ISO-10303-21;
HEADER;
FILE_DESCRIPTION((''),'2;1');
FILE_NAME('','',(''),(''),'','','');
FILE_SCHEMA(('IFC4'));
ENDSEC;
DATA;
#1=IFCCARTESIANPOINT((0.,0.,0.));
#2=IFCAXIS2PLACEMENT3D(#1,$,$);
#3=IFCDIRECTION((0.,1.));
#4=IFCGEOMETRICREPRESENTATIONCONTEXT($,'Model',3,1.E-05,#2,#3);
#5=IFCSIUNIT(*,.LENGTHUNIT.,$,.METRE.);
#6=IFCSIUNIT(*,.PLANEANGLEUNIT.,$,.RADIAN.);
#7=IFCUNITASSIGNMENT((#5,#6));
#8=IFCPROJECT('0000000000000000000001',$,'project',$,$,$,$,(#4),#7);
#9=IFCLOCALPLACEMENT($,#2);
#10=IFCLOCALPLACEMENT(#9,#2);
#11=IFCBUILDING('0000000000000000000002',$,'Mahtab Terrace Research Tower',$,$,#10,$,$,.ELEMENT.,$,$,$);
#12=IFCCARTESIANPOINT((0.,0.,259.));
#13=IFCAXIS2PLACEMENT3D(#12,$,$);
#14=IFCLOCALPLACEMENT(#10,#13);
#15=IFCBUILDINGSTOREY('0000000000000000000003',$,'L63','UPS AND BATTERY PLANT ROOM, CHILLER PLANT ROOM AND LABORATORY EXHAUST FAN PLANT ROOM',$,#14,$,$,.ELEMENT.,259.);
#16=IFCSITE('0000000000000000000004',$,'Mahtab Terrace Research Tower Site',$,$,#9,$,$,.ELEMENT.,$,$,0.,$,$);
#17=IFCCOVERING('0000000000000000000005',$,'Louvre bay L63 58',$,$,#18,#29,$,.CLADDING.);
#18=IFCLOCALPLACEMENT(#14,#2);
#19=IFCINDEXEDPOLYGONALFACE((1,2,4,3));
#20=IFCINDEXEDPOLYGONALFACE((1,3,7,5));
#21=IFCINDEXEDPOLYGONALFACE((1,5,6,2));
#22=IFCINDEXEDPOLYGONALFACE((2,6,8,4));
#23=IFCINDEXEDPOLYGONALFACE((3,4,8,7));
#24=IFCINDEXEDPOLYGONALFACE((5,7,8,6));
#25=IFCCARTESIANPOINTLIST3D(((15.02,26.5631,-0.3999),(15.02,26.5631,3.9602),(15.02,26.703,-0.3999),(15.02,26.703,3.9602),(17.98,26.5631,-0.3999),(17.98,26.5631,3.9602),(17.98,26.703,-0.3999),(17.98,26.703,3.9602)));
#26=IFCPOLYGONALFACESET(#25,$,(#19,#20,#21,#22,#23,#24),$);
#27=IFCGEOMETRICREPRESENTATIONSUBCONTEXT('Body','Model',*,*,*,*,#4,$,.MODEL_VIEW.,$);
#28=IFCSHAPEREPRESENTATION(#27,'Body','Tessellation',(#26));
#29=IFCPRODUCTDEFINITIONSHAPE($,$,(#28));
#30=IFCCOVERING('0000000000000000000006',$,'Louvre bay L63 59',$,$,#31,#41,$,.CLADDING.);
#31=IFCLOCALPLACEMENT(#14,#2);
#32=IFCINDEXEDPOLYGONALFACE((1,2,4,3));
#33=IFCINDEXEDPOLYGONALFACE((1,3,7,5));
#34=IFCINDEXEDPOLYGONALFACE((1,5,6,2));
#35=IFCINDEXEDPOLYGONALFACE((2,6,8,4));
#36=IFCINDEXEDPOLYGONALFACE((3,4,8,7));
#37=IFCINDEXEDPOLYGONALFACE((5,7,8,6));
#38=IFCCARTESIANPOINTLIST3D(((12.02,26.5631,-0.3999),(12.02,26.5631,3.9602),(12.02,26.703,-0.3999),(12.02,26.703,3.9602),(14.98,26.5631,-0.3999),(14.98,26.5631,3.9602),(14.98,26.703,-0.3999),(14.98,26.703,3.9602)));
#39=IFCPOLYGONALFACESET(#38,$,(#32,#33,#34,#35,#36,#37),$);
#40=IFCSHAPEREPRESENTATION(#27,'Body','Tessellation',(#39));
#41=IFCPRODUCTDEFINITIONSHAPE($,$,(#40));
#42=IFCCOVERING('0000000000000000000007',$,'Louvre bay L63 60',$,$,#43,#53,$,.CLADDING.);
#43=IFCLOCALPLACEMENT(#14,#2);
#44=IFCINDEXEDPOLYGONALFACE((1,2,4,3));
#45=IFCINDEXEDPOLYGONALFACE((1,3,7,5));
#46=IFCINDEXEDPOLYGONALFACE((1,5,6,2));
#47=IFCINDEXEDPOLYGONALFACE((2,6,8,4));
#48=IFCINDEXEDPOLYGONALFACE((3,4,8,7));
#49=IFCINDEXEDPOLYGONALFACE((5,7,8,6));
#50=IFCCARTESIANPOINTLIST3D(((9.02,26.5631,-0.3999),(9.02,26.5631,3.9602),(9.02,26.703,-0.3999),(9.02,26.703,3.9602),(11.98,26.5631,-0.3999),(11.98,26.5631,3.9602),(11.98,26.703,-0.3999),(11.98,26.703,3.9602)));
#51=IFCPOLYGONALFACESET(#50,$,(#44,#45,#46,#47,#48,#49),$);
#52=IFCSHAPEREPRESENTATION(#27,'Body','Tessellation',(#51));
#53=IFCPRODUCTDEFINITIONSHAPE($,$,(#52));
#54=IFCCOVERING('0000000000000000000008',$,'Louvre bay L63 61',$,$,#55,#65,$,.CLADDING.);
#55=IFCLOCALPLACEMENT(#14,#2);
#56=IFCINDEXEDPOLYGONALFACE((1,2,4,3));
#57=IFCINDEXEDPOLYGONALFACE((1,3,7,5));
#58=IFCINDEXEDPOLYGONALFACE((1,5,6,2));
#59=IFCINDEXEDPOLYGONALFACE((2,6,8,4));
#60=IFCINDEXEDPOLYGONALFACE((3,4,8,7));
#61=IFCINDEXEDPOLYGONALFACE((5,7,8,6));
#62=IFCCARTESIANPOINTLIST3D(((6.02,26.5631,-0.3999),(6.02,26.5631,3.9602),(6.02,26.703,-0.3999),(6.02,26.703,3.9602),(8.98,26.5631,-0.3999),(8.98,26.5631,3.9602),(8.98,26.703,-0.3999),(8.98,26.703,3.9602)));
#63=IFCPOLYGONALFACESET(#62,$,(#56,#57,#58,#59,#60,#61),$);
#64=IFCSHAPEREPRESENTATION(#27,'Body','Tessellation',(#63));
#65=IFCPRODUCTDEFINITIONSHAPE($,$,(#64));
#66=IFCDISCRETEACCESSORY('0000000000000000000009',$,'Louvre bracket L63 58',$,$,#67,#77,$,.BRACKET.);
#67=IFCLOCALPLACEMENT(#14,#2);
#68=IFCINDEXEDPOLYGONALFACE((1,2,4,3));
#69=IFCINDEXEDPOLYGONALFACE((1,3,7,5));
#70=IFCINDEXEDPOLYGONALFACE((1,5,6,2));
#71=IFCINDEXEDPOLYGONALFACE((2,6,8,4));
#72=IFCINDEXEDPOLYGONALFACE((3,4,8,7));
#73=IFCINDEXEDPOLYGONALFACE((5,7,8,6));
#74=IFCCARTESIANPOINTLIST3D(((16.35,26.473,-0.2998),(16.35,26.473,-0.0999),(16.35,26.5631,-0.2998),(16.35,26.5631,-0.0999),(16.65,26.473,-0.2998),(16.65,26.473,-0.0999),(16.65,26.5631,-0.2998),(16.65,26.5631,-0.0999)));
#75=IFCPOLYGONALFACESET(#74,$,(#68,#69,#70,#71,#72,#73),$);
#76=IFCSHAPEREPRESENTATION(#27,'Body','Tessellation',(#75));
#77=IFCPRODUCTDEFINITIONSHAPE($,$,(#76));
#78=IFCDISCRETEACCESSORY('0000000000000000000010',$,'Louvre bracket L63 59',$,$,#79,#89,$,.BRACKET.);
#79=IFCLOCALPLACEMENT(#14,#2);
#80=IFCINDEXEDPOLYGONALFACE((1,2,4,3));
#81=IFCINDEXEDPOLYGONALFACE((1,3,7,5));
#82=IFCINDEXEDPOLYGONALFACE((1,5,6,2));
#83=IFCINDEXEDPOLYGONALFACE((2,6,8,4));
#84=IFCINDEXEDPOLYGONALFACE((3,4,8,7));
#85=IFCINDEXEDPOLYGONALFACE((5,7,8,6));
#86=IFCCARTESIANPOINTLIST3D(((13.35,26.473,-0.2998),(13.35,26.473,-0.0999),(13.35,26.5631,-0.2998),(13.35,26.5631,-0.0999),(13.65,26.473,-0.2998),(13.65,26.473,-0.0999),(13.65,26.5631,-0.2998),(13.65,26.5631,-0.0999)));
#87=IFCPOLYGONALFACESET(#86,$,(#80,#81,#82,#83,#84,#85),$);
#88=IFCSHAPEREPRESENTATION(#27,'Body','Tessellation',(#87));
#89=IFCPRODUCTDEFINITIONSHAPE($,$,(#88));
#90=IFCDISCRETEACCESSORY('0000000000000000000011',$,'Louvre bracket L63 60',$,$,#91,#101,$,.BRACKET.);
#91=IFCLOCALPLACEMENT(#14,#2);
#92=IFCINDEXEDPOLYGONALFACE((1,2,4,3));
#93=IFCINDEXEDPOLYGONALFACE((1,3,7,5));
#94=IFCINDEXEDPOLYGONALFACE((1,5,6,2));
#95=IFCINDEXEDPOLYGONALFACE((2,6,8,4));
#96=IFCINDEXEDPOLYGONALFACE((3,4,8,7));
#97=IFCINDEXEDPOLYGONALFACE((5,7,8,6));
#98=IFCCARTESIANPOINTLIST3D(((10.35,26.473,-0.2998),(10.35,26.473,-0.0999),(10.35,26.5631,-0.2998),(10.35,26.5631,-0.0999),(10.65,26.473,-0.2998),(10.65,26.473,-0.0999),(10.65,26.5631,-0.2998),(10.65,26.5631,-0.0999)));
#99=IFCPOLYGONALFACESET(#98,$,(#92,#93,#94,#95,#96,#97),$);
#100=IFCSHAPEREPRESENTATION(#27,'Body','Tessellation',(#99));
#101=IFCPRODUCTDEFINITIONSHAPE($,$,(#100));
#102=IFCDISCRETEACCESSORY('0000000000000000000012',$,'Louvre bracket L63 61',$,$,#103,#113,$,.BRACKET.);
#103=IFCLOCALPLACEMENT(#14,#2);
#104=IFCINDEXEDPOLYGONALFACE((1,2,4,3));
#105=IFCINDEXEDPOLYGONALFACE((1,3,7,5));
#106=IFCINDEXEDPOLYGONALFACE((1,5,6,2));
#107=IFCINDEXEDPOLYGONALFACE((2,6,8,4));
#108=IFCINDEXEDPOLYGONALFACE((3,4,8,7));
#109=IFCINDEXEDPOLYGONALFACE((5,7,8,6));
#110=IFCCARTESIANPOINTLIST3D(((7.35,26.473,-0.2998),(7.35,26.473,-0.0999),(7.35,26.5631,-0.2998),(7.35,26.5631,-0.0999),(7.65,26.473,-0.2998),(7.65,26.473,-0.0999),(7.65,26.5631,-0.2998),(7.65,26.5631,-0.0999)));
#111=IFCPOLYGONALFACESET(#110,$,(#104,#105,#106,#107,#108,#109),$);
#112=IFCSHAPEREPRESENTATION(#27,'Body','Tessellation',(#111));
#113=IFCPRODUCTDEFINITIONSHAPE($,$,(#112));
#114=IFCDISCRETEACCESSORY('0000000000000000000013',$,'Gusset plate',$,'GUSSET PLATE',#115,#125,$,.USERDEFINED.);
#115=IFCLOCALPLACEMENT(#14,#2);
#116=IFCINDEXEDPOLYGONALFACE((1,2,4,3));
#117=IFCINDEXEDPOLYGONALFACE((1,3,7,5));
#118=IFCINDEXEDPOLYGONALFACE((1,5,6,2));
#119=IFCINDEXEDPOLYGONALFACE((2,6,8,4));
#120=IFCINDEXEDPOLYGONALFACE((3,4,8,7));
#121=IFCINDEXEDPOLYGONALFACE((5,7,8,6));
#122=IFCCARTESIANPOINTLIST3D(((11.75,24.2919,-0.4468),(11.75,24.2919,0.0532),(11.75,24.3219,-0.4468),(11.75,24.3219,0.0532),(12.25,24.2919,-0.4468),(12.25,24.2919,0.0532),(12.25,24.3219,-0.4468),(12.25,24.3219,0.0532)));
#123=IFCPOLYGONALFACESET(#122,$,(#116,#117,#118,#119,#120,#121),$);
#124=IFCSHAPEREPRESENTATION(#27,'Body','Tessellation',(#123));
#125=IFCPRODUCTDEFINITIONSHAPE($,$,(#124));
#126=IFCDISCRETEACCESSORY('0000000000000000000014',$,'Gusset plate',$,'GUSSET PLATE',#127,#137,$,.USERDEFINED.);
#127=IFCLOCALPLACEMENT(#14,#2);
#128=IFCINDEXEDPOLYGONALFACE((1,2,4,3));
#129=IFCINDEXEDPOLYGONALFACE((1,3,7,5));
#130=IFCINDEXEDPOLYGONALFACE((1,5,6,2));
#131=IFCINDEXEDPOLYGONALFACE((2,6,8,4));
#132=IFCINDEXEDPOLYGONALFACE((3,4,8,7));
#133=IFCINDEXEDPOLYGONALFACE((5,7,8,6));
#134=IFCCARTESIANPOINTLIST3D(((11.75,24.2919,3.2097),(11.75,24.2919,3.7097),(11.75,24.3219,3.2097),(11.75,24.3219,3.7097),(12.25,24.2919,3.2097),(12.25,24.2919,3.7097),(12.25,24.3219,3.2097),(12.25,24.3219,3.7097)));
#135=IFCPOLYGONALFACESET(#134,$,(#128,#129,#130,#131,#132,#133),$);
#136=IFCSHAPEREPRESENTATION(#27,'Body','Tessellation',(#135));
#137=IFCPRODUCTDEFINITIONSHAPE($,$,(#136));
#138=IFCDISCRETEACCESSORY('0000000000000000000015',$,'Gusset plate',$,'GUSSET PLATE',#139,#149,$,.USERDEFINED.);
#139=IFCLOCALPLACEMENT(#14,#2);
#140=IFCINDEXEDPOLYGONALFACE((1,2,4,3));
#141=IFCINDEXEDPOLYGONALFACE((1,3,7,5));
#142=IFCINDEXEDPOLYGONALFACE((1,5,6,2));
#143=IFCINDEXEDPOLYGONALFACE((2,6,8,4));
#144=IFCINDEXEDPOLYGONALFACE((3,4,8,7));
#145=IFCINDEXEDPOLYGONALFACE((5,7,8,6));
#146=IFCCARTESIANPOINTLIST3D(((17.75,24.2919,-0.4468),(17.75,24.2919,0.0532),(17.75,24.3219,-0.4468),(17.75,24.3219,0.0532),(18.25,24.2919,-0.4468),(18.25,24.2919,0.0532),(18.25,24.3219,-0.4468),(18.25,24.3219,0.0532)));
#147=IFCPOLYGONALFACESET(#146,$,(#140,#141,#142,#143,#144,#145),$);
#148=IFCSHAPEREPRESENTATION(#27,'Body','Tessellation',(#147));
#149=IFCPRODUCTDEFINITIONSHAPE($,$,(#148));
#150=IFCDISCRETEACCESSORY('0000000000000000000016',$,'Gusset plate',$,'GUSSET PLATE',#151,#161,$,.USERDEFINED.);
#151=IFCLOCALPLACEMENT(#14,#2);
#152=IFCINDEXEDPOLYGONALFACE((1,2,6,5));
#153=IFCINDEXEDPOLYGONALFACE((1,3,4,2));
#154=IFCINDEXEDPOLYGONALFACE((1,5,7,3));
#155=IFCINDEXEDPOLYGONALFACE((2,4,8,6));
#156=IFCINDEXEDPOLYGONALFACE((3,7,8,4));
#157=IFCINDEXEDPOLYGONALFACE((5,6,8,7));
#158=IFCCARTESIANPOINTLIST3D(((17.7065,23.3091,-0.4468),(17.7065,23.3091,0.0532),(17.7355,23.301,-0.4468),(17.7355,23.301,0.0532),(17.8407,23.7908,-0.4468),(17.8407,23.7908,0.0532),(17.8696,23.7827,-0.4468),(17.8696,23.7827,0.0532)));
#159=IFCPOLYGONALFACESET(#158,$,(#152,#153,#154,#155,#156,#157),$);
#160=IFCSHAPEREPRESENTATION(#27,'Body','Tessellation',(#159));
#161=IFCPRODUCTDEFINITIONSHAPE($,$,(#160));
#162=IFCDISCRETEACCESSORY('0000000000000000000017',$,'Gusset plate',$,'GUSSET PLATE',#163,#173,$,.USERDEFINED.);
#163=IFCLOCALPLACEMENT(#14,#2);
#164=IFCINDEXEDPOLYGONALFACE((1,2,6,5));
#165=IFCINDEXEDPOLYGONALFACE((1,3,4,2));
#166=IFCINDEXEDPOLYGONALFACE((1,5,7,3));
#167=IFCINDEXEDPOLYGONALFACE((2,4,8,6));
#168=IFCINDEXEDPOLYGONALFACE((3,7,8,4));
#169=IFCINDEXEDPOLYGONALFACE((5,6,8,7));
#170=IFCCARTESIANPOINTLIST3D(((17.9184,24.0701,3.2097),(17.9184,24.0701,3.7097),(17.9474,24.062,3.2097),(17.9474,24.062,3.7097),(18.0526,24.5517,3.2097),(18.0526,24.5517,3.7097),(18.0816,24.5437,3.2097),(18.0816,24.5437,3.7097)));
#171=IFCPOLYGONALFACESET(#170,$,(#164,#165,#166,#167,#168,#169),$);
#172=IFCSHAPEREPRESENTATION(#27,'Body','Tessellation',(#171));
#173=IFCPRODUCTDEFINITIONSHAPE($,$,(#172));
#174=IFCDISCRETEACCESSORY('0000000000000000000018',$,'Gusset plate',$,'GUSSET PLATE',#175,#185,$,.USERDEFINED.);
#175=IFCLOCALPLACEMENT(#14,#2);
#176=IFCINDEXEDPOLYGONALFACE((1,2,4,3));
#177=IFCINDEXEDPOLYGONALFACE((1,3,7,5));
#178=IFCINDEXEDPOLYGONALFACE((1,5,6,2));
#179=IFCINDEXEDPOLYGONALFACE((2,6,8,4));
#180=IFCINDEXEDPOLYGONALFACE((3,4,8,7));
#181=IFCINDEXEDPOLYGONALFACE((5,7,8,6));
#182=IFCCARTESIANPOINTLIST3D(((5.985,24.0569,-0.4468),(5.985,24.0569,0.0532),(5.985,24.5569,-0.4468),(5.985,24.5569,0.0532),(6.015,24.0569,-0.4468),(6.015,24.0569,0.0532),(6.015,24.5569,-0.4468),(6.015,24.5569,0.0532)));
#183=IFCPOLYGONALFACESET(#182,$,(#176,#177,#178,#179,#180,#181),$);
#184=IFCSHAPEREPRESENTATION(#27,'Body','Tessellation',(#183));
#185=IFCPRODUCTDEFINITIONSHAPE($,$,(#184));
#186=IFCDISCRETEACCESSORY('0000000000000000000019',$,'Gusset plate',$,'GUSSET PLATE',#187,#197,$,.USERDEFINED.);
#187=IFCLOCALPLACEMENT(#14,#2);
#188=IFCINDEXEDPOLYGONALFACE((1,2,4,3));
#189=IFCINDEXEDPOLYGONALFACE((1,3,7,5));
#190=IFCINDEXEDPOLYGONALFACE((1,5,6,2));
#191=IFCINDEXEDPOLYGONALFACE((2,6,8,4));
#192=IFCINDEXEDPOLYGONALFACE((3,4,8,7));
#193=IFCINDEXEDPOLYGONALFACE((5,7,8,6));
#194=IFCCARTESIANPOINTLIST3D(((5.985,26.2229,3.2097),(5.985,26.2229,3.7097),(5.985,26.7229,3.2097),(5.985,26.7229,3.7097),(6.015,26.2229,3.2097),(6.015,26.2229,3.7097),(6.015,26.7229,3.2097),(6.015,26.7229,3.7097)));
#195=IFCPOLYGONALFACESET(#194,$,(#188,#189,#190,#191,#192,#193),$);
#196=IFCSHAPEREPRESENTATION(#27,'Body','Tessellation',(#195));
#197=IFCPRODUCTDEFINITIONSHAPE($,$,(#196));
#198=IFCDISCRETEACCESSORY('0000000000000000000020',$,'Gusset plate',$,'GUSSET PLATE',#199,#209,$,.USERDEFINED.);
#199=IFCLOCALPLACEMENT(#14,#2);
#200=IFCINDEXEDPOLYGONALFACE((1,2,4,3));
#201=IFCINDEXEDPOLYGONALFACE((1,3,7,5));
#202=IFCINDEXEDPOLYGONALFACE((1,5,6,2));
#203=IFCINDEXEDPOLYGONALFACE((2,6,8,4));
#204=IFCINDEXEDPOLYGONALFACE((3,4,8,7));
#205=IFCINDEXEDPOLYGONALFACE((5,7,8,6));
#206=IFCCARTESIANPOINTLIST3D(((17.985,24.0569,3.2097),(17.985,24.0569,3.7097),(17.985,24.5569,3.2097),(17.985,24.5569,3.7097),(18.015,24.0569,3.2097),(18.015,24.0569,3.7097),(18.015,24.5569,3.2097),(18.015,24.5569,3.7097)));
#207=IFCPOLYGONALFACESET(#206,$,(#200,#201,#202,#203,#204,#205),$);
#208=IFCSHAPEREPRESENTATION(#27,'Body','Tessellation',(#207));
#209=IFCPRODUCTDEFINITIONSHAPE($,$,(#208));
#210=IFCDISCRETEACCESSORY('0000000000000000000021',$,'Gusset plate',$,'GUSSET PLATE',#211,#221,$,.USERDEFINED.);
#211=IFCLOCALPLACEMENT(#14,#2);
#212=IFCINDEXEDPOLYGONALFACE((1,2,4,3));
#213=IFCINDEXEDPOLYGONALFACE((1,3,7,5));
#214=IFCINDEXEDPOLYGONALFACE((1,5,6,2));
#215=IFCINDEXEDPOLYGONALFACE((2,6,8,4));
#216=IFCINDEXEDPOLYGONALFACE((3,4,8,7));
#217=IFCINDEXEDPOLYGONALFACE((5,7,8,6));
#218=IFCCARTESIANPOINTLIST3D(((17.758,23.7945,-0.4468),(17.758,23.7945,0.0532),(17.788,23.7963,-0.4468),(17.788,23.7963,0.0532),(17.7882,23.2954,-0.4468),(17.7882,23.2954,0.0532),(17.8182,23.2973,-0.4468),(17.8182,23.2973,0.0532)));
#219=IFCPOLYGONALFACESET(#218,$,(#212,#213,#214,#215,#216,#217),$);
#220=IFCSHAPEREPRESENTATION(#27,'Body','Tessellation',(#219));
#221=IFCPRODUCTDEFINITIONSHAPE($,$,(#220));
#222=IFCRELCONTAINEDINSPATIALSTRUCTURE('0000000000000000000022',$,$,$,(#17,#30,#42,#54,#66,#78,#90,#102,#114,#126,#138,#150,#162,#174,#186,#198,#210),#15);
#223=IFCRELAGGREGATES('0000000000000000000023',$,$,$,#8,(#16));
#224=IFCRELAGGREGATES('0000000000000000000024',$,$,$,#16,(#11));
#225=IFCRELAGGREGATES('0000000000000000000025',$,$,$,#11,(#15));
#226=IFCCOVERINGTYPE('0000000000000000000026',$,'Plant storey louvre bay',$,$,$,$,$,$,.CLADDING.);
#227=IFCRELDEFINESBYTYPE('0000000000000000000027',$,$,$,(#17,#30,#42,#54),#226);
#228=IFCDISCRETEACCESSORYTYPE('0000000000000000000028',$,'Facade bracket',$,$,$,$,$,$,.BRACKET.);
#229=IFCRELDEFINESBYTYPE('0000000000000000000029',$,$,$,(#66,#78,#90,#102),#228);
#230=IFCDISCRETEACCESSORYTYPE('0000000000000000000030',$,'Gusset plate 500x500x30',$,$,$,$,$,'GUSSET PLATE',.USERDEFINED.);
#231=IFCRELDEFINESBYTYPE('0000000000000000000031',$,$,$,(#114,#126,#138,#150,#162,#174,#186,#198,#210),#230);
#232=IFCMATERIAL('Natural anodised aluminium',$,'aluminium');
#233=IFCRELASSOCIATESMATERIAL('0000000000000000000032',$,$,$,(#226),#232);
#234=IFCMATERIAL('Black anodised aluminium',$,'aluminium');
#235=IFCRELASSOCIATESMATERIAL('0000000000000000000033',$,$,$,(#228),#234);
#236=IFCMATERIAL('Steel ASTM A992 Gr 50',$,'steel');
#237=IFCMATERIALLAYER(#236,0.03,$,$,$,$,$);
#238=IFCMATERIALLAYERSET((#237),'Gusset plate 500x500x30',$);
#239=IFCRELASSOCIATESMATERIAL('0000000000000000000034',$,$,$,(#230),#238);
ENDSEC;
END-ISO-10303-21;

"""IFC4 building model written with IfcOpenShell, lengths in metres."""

from ifc_helpers import new_model, si_unit, direction, frame, origin, origin_2d, place, context, subcontext, project, spatial, rectangle, extrude, material, layer, layer_set, type_object, element, save


model = new_model("IFC4")

# Units and contexts
model_context = context("Model", 3, precision=1e-05, world=origin(), true_north=direction((0.0, 1.0)))
body_context = subcontext(model_context, "Body", "Model", "MODEL_VIEW")
ifc_project = project(units=[si_unit("LENGTHUNIT", "METRE"), si_unit("PLANEANGLEUNIT", "RADIAN")], contexts=[model_context])

# Site, building, storey
site_placement = place(None, origin())
site = spatial("IfcSite", under=ifc_project, at=site_placement, Name="Mahtab Terrace Research Tower Site", CompositionType="ELEMENT", RefElevation=0.0)
building_placement = place(site_placement, origin())
building = spatial("IfcBuilding", under=site, at=building_placement, Name="Mahtab Terrace Research Tower", CompositionType="ELEMENT")
storey_placement = place(building_placement, frame((0.0, 0.0, 259.0)))
storey = spatial("IfcBuildingStorey", under=building, at=storey_placement, Name="L63", Description="UPS AND BATTERY PLANT ROOM, CHILLER PLANT ROOM AND LABORATORY EXHAUST FAN PLANT ROOM", CompositionType="ELEMENT", Elevation=259.0)

# Shared definitions
ifc_material_1 = material(Name="Steel ASTM A992 Gr 50", Category="steel")

# Coverings
ifc_material_2 = material(Name="Natural anodised aluminium", Category="aluminium")
covering_type = type_object("IfcCoveringType", Name="Plant storey louvre bay", PredefinedType="CLADDING", material=ifc_material_2)
for number, where, z_axis, x_axis, name in (
    (1, (16.5, 26.6331, -0.3999), (0.0, 0.0, 1.0), (-1.0, 0.0, 0.0), "Louvre bay L63 58"),
    (2, (13.5, 26.6331, -0.3999), (0.0, 0.0, 1.0), (-1.0, 0.0, 0.0), "Louvre bay L63 59"),
    (3, (10.5, 26.6331, -0.3999), (0.0, 0.0, 1.0), (-1.0, 0.0, 0.0), "Louvre bay L63 60"),
    (4, (7.5, 26.6331, -0.3999), (0.0, 0.0, 1.0), (-1.0, 0.0, 0.0), "Louvre bay L63 61"),
):
    element("IfcCovering", number, at=place(storey_placement, frame(where, z_axis=z_axis, x_axis=x_axis)), inside=storey, type_object=covering_type, Name=name, PredefinedType="CLADDING", context=body_context, shape_type="SweptSolid", body=[
        extrude(rectangle(XDim=2.96, YDim=0.1399, at=origin_2d()), origin(), (0.0, 0.0, 1.0), 4.3601),
    ])

# Discrete accessories
ifc_material_3 = material(Name="Black anodised aluminium", Category="aluminium")
discrete_accessory_type_1 = type_object("IfcDiscreteAccessoryType", Name="Facade bracket", PredefinedType="BRACKET", material=ifc_material_3)
for number, where, z_axis, x_axis, name in (
    (5, (16.5, 26.5181, -0.2998), (0.0, 0.0, 1.0), (-1.0, 0.0, 0.0), "Louvre bracket L63 58"),
    (6, (13.5, 26.5181, -0.2998), (0.0, 0.0, 1.0), (-1.0, 0.0, 0.0), "Louvre bracket L63 59"),
    (7, (10.5, 26.5181, -0.2998), (0.0, 0.0, 1.0), (-1.0, 0.0, 0.0), "Louvre bracket L63 60"),
    (8, (7.5, 26.5181, -0.2998), (0.0, 0.0, 1.0), (-1.0, 0.0, 0.0), "Louvre bracket L63 61"),
):
    element("IfcDiscreteAccessory", number, at=place(storey_placement, frame(where, z_axis=z_axis, x_axis=x_axis)), inside=storey, type_object=discrete_accessory_type_1, Name=name, PredefinedType="BRACKET", context=body_context, shape_type="SweptSolid", body=[
        extrude(rectangle(XDim=0.3, YDim=0.0901, at=origin_2d()), origin(), (0.0, 0.0, 1.0), 0.2),
    ])
ifc_layer = layer(ifc_material_1, 0.03)
ifc_layer_set = layer_set([ifc_layer], Name="Gusset plate 500x500x30")
discrete_accessory_type_2 = type_object("IfcDiscreteAccessoryType", Name="Gusset plate 500x500x30", ElementType="GUSSET PLATE", PredefinedType="USERDEFINED", material=ifc_layer_set)
for number, where, z_axis, x_axis, name in (
    (9, (12.0, 24.3069, -0.4468), (0.0, 0.0, 1.0), (1.0, 0.0, 0.0), "Gusset plate"),
    (10, (12.0, 24.3069, 3.2097), (0.0, 0.0, 1.0), (1.0, 0.0, 0.0), "Gusset plate"),
    (11, (18.0, 24.3069, -0.4468), (0.0, 0.0, 1.0), (1.0, 0.0, 0.0), "Gusset plate"),
    (12, (17.7881, 23.5459, -0.4468), (0.0, 0.0, 1.0), (0.268365, 0.963317, 0.0), "Gusset plate"),
    (13, (18.0, 24.3069, 3.2097), (0.0, 0.0, 1.0), (0.268365, 0.963317, 0.0), "Gusset plate"),
    (14, (6.0, 24.3069, -0.4468), (0.0, 0.0, 1.0), (0.0, 1.0, 0.0), "Gusset plate"),
    (15, (6.0, 26.4729, 3.2097), (0.0, 0.0, 1.0), (0.0, 1.0, 0.0), "Gusset plate"),
    (16, (18.0, 24.3069, 3.2097), (0.0, 0.0, 1.0), (0.0, 1.0, 0.0), "Gusset plate"),
    (17, (17.7881, 23.5459, -0.4468), (0.0, 0.0, 1.0), (-0.060317, 0.998179, 0.0), "Gusset plate"),
):
    element("IfcDiscreteAccessory", number, at=place(storey_placement, frame(where, z_axis=z_axis, x_axis=x_axis)), inside=storey, type_object=discrete_accessory_type_2, Name=name, ObjectType="GUSSET PLATE", PredefinedType="USERDEFINED", context=body_context, shape_type="SweptSolid", body=[
        extrude(rectangle(XDim=0.5, YDim=0.03, at=origin_2d()), origin(), (0.0, 0.0, 1.0), 0.5),
    ])

save(model, "model.ifc")
